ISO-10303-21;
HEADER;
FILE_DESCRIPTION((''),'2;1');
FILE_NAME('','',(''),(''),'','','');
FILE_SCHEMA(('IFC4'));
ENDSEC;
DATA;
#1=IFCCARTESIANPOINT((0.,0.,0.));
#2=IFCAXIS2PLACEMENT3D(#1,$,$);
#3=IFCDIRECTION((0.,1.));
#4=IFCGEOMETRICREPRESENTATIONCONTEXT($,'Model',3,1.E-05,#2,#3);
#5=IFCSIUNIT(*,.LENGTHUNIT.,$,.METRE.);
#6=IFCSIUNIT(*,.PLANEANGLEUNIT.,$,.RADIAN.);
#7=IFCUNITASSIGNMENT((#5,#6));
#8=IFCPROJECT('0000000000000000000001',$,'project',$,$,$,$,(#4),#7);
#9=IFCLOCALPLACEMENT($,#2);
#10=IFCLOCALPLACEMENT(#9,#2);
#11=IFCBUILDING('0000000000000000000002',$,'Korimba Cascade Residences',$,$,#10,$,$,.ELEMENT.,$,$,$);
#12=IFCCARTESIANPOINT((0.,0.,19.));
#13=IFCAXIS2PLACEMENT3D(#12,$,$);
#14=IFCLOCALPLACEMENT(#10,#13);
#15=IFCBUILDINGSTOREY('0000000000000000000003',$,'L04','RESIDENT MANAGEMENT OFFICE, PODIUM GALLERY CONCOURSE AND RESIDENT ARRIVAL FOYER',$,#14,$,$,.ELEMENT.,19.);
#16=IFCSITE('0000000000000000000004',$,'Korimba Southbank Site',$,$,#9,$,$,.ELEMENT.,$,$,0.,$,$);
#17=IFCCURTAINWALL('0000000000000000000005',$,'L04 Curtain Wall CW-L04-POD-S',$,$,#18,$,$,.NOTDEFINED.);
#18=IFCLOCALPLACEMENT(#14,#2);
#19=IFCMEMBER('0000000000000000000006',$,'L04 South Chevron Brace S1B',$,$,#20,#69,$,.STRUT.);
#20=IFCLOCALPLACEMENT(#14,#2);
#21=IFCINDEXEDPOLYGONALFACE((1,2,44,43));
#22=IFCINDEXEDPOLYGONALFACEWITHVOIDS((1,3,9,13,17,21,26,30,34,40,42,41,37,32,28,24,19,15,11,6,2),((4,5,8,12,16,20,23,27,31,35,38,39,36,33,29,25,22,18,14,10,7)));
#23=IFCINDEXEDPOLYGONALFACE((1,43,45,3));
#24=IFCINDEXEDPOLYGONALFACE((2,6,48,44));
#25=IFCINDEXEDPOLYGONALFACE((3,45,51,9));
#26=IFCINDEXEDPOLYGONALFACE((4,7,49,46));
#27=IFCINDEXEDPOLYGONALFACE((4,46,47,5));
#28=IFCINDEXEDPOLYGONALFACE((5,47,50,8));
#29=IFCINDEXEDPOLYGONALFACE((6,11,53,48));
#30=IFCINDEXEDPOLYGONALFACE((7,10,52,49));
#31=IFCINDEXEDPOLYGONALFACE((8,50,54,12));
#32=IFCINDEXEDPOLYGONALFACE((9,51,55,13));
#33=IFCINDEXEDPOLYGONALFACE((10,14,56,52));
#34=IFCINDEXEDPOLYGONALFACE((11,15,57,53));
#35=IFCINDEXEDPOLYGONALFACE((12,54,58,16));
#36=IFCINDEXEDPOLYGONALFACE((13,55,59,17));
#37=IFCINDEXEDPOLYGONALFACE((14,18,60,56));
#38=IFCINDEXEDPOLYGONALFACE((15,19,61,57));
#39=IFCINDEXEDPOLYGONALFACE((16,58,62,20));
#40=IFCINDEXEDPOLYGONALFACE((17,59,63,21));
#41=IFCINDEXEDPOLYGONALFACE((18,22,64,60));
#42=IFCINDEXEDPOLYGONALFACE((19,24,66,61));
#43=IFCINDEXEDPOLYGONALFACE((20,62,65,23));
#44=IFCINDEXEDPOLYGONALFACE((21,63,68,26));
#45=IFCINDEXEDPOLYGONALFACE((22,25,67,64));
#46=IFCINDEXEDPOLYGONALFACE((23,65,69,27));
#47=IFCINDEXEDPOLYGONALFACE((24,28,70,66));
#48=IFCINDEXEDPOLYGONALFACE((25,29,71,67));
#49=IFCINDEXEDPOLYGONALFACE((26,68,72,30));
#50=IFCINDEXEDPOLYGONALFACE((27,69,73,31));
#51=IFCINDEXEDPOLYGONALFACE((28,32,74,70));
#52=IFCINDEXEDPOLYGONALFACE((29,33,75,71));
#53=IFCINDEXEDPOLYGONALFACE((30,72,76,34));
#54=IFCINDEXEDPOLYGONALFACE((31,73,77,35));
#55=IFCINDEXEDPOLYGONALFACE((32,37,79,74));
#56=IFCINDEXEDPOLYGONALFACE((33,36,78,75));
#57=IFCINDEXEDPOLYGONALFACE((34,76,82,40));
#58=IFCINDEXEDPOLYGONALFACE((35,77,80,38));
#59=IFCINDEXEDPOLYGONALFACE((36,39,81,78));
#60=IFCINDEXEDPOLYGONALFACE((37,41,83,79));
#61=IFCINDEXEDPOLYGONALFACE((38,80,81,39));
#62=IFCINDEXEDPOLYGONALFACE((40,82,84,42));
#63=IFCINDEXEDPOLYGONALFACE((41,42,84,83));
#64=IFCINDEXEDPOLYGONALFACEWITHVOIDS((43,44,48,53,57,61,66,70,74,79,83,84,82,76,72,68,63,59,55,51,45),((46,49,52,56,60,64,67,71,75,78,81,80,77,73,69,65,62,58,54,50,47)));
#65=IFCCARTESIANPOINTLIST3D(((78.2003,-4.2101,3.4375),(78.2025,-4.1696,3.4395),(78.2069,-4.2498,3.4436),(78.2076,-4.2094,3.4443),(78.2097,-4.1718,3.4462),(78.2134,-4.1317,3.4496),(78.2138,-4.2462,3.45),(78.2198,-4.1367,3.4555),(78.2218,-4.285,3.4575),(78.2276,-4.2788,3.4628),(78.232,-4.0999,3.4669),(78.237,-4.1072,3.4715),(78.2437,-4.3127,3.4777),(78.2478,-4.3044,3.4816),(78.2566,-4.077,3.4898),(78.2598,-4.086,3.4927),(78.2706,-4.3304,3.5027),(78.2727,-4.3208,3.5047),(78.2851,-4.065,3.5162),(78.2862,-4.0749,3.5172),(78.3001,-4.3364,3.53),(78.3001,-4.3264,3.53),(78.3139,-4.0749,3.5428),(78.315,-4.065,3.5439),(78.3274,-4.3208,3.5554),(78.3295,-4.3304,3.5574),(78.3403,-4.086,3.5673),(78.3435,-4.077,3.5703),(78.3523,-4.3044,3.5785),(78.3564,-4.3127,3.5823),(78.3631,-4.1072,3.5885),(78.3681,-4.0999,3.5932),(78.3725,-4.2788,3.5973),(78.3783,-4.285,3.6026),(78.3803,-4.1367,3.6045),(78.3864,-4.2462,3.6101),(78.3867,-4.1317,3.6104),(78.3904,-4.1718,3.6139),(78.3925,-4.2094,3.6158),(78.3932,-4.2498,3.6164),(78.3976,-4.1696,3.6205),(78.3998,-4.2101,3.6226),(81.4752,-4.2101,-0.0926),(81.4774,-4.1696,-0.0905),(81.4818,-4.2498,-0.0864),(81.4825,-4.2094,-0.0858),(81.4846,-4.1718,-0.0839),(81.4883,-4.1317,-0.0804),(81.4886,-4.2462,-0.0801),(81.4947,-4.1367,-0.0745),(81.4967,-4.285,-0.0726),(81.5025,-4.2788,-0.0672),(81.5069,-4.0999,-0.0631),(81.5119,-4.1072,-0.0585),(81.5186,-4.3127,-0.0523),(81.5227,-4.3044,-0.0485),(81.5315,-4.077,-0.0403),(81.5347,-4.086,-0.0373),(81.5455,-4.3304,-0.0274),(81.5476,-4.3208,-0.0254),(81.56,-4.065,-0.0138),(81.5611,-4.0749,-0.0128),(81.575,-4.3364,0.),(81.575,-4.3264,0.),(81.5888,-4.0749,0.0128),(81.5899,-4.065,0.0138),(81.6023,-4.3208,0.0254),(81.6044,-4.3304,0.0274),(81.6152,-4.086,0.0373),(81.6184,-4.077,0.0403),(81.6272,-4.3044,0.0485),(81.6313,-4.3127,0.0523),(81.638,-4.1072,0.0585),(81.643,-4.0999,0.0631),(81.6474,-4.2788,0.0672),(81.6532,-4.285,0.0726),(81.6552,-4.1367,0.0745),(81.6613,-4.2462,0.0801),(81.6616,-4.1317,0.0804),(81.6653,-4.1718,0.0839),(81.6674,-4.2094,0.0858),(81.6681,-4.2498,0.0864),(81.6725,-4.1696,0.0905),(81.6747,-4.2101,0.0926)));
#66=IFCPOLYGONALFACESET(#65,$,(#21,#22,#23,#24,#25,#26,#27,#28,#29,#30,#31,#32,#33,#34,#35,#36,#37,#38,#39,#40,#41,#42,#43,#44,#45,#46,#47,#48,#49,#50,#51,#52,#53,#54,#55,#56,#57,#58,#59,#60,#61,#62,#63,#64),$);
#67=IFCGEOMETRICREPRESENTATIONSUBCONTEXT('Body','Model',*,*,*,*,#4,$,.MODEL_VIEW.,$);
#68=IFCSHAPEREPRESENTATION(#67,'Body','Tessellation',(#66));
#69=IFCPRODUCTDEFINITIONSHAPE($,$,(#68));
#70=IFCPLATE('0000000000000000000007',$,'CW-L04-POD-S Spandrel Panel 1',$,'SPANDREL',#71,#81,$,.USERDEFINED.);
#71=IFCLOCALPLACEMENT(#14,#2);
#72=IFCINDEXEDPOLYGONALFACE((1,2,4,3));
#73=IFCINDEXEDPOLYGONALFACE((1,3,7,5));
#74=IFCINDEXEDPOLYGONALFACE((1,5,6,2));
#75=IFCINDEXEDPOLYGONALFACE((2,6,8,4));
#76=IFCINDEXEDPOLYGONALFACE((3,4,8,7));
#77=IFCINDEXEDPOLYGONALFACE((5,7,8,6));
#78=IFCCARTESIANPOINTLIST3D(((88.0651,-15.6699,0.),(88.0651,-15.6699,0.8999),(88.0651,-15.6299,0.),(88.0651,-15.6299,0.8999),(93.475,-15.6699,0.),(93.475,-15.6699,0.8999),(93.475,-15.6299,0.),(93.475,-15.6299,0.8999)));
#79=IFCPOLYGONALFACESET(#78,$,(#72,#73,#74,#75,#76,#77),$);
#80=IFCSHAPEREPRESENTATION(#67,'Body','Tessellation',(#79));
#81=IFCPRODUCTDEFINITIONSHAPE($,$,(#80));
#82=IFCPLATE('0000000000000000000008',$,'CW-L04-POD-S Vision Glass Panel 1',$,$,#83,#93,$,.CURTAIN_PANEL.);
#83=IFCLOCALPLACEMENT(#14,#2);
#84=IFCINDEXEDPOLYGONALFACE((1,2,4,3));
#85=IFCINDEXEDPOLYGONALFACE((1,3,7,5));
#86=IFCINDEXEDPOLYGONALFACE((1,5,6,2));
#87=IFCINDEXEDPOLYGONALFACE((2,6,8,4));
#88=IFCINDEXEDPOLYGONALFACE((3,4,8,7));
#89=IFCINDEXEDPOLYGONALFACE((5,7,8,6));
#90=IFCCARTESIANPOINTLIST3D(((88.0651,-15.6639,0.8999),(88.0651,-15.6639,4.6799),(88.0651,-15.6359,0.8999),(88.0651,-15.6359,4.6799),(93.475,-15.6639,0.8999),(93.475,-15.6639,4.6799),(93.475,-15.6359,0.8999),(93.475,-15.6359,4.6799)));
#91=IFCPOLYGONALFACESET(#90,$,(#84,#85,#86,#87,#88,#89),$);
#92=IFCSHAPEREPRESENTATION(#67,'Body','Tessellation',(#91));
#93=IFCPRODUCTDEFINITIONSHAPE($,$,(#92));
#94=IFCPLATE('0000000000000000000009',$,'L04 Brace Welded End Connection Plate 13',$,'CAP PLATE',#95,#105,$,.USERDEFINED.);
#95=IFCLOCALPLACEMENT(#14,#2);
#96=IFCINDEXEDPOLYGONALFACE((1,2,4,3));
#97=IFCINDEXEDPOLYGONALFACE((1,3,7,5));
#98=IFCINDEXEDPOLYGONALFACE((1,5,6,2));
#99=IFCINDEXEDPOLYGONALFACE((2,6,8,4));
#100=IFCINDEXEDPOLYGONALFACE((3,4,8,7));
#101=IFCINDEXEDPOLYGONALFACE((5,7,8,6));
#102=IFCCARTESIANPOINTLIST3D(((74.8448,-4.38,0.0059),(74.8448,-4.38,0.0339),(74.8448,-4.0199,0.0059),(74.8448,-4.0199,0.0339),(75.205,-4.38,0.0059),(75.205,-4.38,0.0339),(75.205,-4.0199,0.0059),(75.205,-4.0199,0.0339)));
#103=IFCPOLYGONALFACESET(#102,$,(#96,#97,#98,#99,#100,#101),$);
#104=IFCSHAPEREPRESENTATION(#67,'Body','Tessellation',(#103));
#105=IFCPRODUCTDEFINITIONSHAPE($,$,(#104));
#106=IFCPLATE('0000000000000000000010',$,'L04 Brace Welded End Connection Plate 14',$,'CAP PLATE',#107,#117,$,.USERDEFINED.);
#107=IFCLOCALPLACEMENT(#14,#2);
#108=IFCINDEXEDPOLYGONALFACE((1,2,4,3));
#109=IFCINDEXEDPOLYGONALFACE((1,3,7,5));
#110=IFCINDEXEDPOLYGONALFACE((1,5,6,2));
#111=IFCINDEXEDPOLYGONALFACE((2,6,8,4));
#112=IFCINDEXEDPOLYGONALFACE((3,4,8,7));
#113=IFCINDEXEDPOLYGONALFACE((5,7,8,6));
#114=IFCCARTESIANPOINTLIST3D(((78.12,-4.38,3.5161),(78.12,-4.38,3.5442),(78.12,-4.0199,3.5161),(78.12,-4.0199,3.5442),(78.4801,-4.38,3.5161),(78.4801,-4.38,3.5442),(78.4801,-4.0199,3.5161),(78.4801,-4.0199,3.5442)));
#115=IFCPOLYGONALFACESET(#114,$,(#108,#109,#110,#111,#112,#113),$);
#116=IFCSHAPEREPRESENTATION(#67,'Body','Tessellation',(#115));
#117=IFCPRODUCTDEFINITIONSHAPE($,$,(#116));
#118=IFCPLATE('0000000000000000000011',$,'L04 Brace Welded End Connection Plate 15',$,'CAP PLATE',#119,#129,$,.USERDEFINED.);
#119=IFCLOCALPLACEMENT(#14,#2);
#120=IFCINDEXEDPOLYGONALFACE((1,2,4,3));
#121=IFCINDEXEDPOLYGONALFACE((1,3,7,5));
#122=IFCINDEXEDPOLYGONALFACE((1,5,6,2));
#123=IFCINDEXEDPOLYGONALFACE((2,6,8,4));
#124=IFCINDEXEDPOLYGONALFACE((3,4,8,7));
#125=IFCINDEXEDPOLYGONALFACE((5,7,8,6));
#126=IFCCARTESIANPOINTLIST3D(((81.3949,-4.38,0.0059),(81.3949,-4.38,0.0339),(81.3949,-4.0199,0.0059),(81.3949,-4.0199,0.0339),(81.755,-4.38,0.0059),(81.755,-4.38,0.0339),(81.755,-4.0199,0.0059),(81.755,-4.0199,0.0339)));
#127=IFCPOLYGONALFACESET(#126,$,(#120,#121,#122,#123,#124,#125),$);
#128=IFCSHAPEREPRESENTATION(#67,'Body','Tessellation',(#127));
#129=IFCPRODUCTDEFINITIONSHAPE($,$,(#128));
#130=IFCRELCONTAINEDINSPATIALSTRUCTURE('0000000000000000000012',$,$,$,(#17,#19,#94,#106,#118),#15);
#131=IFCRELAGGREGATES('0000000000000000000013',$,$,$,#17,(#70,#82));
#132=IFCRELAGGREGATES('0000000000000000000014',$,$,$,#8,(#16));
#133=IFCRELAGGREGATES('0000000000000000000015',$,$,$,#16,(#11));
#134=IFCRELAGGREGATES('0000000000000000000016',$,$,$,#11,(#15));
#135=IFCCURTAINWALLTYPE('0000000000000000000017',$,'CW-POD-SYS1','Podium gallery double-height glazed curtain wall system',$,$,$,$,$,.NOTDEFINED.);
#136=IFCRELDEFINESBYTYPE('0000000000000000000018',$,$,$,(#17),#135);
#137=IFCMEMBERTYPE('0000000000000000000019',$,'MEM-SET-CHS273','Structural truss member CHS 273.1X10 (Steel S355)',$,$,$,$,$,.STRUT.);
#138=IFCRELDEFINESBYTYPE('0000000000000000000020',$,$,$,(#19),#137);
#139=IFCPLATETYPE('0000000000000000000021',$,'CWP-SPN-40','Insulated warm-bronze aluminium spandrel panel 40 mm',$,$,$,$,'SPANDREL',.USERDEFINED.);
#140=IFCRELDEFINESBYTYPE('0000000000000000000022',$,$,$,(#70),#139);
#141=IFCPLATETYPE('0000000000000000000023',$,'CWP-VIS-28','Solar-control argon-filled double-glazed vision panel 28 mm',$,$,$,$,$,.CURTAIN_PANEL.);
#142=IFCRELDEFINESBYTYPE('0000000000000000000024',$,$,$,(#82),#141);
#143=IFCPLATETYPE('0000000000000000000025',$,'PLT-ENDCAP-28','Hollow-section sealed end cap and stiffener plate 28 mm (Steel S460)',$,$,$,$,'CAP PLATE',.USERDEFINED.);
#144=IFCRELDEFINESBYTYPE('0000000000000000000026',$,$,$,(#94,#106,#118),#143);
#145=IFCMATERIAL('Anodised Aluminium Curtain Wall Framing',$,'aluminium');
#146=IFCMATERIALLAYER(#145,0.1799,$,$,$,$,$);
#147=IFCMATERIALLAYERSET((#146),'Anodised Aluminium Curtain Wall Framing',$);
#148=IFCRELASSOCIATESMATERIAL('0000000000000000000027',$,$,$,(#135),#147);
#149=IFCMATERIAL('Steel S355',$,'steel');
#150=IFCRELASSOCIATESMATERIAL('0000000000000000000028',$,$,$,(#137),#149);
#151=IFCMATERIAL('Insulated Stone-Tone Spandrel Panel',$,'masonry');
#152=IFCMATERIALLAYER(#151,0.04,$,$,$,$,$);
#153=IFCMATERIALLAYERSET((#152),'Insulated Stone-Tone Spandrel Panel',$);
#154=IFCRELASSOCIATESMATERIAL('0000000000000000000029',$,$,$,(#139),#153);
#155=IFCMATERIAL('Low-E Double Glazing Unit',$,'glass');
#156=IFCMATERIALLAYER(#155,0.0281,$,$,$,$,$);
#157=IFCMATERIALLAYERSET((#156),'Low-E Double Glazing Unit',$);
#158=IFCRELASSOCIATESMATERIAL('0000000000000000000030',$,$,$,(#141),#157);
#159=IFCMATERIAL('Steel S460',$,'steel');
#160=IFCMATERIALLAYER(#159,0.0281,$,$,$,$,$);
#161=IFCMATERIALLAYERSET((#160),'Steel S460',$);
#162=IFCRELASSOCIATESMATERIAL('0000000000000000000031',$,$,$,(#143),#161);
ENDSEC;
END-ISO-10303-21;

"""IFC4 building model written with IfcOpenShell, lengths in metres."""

from ifc_helpers import new_model, si_unit, direction, frame, origin, origin_2d, place, context, subcontext, project, spatial, rectangle, hollow_circle, extrude, material, layer, layer_set, material_profile, profile_set, type_object, element, aggregate, save


model = new_model("IFC4")

# Units and contexts
model_context = context("Model", 3, precision=1e-05, world=origin(), true_north=direction((0.0, 1.0)))
body_context = subcontext(model_context, "Body", "Model", "MODEL_VIEW")
ifc_project = project(units=[si_unit("LENGTHUNIT", "METRE"), si_unit("PLANEANGLEUNIT", "RADIAN")], contexts=[model_context])

# Site, building, storey
site_placement = place(None, origin())
site = spatial("IfcSite", under=ifc_project, at=site_placement, Name="Korimba Southbank Site", CompositionType="ELEMENT", RefElevation=0.0)
building_placement = place(site_placement, origin())
building = spatial("IfcBuilding", under=site, at=building_placement, Name="Korimba Cascade Residences", CompositionType="ELEMENT")
storey_placement = place(building_placement, frame((0.0, 0.0, 19.0)))
storey = spatial("IfcBuildingStorey", under=building, at=storey_placement, Name="L04", Description="RESIDENT MANAGEMENT OFFICE, PODIUM GALLERY CONCOURSE AND RESIDENT ARRIVAL FOYER", CompositionType="ELEMENT", Elevation=19.0)

# Shared definitions
ifc_material_1 = material(Name="Steel S355", Category="steel")

# Curtain wall
ifc_material_2 = material(Name="Anodised Aluminium Curtain Wall Framing", Category="aluminium")
ifc_layer_1 = layer(ifc_material_2, 0.1799)
ifc_layer_set_1 = layer_set([ifc_layer_1], Name="Anodised Aluminium Curtain Wall Framing")
curtain_wall_type = type_object("IfcCurtainWallType", Name="CW-POD-SYS1", Description="Podium gallery double-height glazed curtain wall system", PredefinedType="NOTDEFINED", material=ifc_layer_set_1)
curtain_wall_placement = place(storey_placement, origin())
curtain_wall = element("IfcCurtainWall", 1, at=curtain_wall_placement, inside=storey, type_object=curtain_wall_type, Name="L04 Curtain Wall CW-L04-POD-S", PredefinedType="NOTDEFINED")

# Member
ifc_material_profile_1 = material_profile(ifc_material_1, hollow_circle(Radius=0.1365, WallThickness=0.01, at=origin_2d()), Name="Steel S355")
ifc_profile_set_1 = profile_set([ifc_material_profile_1], Name="Steel S355")
member_type_1 = type_object("IfcMemberType", Name="MEM-SET-CHS273", Description="Structural truss member CHS 273.1X10 (Steel S355)", PredefinedType="STRUT", material=ifc_profile_set_1)
member_1_placement = place(storey_placement, frame((81.575, -4.2, 0.0), z_axis=(-0.680118, 0.0, 0.733102), x_axis=(0.0, -1.0, 0.0)))
element("IfcMember", 2, at=member_1_placement, inside=storey, type_object=member_type_1, Name="L04 South Chevron Brace S1B", PredefinedType="STRUT", context=body_context, shape_type="SweptSolid", body=[
    extrude(hollow_circle(Radius=0.1365, WallThickness=0.01, at=origin_2d()), origin(), (0.0, 0.0, 1.0), 4.8152),
])

# Plates
ifc_material_3 = material(Name="Insulated Stone-Tone Spandrel Panel", Category="masonry")
ifc_layer_2 = layer(ifc_material_3, 0.04)
ifc_layer_set_2 = layer_set([ifc_layer_2], Name="Insulated Stone-Tone Spandrel Panel")
plate_type_1 = type_object("IfcPlateType", Name="CWP-SPN-40", Description="Insulated warm-bronze aluminium spandrel panel 40 mm", ElementType="SPANDREL", PredefinedType="USERDEFINED", material=ifc_layer_set_2)
plate_1_placement = place(storey_placement, frame((90.77, -15.6499, 0.0), z_axis=(0.0, 0.0, 1.0), x_axis=(1.0, 0.0, 0.0)))
plate_1 = element("IfcPlate", 3, at=plate_1_placement, type_object=plate_type_1, Name="CW-L04-POD-S Spandrel Panel 1", ObjectType="SPANDREL", PredefinedType="USERDEFINED", context=body_context, shape_type="SweptSolid", body=[
    extrude(rectangle(XDim=5.4099, YDim=0.04, at=origin_2d()), origin(), (0.0, 0.0, 1.0), 0.8999),
])
ifc_material_4 = material(Name="Low-E Double Glazing Unit", Category="glass")
ifc_layer_3 = layer(ifc_material_4, 0.0281)
ifc_layer_set_3 = layer_set([ifc_layer_3], Name="Low-E Double Glazing Unit")
plate_type_2 = type_object("IfcPlateType", Name="CWP-VIS-28", Description="Solar-control argon-filled double-glazed vision panel 28 mm", PredefinedType="CURTAIN_PANEL", material=ifc_layer_set_3)
plate_2_placement = place(storey_placement, frame((90.77, -15.6499, 0.8999), z_axis=(0.0, 0.0, 1.0), x_axis=(1.0, 0.0, 0.0)))
plate_2 = element("IfcPlate", 4, at=plate_2_placement, type_object=plate_type_2, Name="CW-L04-POD-S Vision Glass Panel 1", PredefinedType="CURTAIN_PANEL", context=body_context, shape_type="SweptSolid", body=[
    extrude(rectangle(XDim=5.4099, YDim=0.0281, at=origin_2d()), origin(), (0.0, 0.0, 1.0), 3.78),
])
aggregate(curtain_wall, [plate_1, plate_2])

# Plates
ifc_material_5 = material(Name="Steel S460", Category="steel")
ifc_layer_4 = layer(ifc_material_5, 0.0281)
ifc_layer_set_4 = layer_set([ifc_layer_4], Name="Steel S460")
plate_type_3 = type_object("IfcPlateType", Name="PLT-ENDCAP-28", Description="Hollow-section sealed end cap and stiffener plate 28 mm (Steel S460)", ElementType="CAP PLATE", PredefinedType="USERDEFINED", material=ifc_layer_set_4)
for number, where, z_axis, x_axis, name in (
    (5, (75.0249, -4.2, 0.0059), (0.0, 0.0, 1.0), (1.0, 0.0, 0.0), "L04 Brace Welded End Connection Plate 13"),
    (6, (78.3, -4.2, 3.5161), (0.0, 0.0, 1.0), (1.0, 0.0, 0.0), "L04 Brace Welded End Connection Plate 14"),
    (7, (81.575, -4.2, 0.0059), (0.0, 0.0, 1.0), (1.0, 0.0, 0.0), "L04 Brace Welded End Connection Plate 15"),
):
    element("IfcPlate", number, at=place(storey_placement, frame(where, z_axis=z_axis, x_axis=x_axis)), inside=storey, type_object=plate_type_3, Name=name, ObjectType="CAP PLATE", PredefinedType="USERDEFINED", context=body_context, shape_type="SweptSolid", body=[
        extrude(rectangle(XDim=0.3601, YDim=0.3601, at=origin_2d()), origin(), (0.0, 0.0, 1.0), 0.0281),
    ])

save(model, "model.ifc")
